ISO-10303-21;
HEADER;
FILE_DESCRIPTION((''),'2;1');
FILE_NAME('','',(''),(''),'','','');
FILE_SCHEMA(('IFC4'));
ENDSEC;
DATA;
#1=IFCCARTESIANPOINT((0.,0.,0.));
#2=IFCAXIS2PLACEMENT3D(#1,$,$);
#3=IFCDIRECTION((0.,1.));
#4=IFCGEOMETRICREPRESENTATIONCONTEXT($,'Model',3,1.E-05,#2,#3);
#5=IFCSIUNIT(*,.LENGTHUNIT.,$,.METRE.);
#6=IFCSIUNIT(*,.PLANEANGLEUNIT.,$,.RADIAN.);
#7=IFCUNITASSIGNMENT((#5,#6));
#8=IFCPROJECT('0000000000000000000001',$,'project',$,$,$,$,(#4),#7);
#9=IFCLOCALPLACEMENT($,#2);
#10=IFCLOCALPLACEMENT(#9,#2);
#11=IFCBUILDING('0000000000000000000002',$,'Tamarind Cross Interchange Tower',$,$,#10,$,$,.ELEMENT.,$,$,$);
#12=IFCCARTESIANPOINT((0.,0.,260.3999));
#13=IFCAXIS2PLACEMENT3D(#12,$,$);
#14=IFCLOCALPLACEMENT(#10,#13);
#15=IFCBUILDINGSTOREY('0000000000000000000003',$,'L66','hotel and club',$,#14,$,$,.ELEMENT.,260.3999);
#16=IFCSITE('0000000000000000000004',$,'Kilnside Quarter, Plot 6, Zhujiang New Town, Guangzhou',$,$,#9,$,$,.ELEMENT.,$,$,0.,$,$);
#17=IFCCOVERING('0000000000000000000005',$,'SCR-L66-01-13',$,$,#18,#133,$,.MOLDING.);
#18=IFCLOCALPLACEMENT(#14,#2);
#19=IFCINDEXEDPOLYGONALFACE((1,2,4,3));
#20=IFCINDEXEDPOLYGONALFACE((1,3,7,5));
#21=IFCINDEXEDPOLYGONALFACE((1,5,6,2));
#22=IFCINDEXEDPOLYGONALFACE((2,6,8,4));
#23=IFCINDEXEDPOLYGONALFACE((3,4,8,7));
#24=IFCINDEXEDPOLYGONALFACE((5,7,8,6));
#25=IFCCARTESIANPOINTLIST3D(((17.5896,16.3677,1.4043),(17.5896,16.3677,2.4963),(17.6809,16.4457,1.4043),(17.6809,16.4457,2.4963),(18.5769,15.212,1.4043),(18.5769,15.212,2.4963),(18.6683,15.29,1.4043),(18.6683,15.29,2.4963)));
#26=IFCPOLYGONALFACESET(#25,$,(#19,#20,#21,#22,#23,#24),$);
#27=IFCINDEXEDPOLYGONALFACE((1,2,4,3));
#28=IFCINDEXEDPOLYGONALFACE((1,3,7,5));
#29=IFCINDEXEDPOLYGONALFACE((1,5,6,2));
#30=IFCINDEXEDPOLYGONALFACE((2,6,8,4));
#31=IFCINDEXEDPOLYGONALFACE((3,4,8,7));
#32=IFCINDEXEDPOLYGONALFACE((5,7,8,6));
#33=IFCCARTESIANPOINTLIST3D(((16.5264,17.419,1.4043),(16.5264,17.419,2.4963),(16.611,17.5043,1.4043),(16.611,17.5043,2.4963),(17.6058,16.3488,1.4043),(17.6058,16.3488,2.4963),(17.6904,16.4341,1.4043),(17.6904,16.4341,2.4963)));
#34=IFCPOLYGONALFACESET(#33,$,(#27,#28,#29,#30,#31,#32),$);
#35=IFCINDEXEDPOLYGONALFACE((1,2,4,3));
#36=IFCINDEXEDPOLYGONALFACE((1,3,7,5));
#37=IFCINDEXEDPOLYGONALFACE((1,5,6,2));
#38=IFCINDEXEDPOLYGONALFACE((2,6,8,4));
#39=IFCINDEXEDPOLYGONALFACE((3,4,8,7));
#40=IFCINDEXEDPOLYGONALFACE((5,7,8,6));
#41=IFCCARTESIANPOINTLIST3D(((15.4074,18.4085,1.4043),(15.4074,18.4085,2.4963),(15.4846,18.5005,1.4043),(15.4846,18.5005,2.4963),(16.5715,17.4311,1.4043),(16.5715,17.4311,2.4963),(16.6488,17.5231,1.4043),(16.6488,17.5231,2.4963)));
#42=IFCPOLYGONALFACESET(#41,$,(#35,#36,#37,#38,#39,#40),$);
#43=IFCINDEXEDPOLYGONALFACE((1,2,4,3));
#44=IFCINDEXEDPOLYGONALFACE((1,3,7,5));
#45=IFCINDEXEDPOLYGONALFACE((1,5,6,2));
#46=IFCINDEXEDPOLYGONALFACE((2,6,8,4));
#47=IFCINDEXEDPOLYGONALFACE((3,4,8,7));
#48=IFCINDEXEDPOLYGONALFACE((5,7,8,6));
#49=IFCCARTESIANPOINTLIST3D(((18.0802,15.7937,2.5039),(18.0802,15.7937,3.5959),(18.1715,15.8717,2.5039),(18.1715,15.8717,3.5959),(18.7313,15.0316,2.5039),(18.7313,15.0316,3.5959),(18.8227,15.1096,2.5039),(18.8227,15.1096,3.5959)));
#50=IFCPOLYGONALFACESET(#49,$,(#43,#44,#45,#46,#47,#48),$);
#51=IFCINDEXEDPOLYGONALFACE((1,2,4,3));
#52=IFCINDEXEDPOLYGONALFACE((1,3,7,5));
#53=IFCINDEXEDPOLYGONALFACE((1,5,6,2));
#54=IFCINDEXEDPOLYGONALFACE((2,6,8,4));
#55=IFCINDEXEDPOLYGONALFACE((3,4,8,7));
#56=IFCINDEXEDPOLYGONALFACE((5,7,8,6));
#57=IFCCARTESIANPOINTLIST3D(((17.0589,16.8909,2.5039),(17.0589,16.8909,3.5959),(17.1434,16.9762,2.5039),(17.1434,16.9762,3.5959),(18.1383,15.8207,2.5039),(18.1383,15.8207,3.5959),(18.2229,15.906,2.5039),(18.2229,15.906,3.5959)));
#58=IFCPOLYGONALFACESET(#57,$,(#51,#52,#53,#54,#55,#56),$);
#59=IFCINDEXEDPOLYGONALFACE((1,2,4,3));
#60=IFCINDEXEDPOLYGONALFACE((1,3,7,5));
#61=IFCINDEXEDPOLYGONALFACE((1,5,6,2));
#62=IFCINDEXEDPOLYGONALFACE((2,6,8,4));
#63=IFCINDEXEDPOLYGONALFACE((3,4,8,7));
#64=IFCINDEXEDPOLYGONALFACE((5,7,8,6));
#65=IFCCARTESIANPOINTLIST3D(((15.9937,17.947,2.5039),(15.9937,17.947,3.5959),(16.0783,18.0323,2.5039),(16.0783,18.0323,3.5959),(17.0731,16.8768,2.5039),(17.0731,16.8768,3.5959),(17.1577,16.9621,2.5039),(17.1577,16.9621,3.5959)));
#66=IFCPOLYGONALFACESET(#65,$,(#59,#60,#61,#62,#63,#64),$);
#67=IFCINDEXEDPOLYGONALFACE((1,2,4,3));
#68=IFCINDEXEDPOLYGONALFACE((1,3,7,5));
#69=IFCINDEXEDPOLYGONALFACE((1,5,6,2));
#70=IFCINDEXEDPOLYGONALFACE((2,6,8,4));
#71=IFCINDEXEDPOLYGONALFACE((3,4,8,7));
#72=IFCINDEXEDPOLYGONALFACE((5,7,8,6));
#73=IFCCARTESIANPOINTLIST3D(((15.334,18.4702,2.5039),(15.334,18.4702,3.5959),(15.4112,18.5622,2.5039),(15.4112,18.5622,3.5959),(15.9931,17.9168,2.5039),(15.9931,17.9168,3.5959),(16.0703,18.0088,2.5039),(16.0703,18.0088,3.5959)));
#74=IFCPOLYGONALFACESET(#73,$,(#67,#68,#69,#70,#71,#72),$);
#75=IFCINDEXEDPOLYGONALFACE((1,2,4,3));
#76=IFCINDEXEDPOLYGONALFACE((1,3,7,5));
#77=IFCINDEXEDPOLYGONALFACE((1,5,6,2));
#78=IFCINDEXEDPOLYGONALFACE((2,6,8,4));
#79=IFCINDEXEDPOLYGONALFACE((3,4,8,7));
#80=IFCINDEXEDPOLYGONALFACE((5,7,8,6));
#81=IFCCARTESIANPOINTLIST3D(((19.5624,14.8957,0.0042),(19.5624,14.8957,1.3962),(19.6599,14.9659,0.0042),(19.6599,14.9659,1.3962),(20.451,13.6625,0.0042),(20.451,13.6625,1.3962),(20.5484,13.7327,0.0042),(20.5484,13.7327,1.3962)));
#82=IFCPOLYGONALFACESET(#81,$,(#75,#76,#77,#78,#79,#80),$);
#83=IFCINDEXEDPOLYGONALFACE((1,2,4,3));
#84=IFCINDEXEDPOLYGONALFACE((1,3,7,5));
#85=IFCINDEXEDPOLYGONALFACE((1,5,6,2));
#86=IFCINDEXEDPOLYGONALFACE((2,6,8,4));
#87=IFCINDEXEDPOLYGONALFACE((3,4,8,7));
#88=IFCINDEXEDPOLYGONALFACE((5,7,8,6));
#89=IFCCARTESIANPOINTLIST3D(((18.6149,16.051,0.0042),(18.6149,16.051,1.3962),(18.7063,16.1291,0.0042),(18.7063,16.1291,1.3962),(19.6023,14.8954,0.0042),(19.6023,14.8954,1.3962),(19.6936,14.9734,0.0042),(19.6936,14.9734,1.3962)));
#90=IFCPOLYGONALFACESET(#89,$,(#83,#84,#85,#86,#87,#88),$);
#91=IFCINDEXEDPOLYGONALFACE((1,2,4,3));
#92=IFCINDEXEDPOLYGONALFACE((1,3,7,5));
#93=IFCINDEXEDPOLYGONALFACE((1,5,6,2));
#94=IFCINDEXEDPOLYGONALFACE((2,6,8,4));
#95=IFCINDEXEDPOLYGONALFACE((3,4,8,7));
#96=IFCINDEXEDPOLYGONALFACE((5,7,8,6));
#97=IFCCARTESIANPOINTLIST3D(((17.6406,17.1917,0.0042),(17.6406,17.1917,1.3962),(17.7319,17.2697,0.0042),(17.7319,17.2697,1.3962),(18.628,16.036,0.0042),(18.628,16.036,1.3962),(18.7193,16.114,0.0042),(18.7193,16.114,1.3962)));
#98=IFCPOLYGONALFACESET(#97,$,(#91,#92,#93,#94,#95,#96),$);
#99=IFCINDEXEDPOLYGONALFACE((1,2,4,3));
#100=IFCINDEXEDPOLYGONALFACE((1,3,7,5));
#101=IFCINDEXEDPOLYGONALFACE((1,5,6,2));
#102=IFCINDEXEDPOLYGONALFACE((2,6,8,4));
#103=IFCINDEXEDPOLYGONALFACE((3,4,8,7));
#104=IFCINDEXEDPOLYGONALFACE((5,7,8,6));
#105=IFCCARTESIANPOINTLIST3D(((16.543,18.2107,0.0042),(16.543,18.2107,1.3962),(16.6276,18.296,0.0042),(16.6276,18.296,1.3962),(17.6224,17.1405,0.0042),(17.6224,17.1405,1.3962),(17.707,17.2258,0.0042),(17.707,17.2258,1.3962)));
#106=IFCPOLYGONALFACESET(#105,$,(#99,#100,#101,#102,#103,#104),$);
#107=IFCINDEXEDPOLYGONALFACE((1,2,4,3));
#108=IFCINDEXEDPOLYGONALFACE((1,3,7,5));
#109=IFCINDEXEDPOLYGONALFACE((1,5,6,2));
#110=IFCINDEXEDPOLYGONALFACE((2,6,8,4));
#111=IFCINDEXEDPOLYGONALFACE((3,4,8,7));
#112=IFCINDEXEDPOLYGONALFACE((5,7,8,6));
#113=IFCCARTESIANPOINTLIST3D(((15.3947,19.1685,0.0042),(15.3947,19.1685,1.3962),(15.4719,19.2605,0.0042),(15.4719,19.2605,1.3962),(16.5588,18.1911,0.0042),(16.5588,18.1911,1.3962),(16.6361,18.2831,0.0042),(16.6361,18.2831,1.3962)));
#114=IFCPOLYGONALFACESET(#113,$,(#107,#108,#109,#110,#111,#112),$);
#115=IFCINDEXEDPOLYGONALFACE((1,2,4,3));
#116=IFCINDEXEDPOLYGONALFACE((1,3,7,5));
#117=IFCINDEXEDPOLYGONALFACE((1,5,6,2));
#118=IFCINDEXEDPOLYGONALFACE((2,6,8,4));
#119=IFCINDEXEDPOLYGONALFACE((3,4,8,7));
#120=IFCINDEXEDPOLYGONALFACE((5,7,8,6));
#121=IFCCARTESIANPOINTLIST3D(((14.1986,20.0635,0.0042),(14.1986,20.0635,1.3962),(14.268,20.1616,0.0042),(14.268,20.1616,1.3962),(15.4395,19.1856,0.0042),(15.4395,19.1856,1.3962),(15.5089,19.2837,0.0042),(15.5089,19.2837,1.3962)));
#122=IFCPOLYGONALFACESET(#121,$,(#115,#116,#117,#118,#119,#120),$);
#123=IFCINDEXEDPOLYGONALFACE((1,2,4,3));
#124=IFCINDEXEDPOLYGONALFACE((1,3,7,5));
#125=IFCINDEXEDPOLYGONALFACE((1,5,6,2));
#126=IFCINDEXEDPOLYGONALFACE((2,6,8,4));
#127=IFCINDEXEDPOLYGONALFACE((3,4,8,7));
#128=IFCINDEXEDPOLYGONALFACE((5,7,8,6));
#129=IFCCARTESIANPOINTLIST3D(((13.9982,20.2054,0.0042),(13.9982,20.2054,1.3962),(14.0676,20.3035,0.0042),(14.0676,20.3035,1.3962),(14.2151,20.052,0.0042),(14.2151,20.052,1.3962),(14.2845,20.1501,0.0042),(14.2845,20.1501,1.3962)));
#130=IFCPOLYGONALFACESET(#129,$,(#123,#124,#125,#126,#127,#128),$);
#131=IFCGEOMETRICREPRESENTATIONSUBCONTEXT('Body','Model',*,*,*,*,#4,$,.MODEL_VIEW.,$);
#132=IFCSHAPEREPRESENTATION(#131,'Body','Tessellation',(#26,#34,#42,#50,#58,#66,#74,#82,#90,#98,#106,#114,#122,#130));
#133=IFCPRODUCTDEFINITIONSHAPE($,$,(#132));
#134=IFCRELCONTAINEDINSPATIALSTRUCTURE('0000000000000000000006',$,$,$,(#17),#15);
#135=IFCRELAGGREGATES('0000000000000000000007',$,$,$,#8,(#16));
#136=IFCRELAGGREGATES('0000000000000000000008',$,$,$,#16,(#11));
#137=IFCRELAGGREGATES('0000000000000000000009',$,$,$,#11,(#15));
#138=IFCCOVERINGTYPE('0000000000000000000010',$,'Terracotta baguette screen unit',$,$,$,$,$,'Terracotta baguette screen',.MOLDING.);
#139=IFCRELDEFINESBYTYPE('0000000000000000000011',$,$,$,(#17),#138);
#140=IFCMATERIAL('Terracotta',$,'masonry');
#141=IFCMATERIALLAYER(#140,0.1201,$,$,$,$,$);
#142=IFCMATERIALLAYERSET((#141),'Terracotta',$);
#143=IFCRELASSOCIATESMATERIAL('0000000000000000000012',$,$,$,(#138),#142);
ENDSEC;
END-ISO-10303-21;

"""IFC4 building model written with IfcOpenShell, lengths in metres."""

from ifc_helpers import new_model, si_unit, direction, frame, origin, origin_2d, place, context, subcontext, project, spatial, rectangle, extrude, material, layer, layer_set, type_object, element, save


model = new_model("IFC4")

# Units and contexts
model_context = context("Model", 3, precision=1e-05, world=origin(), true_north=direction((0.0, 1.0)))
body_context = subcontext(model_context, "Body", "Model", "MODEL_VIEW")
ifc_project = project(units=[si_unit("LENGTHUNIT", "METRE"), si_unit("PLANEANGLEUNIT", "RADIAN")], contexts=[model_context])

# Site, building, storey
site_placement = place(None, origin())
site = spatial("IfcSite", under=ifc_project, at=site_placement, Name="Kilnside Quarter, Plot 6, Zhujiang New Town, Guangzhou", CompositionType="ELEMENT", RefElevation=0.0)
building_placement = place(site_placement, origin())
building = spatial("IfcBuilding", under=site, at=building_placement, Name="Tamarind Cross Interchange Tower", CompositionType="ELEMENT")
storey_placement = place(building_placement, frame((0.0, 0.0, 260.3999)))
storey = spatial("IfcBuildingStorey", under=building, at=storey_placement, Name="L66", Description="hotel and club", CompositionType="ELEMENT", Elevation=260.3999)

# Covering
ifc_material_1 = material(Name="Terracotta", Category="masonry")
ifc_layer_1 = layer(ifc_material_1, 0.1201)
ifc_layer_set_1 = layer_set([ifc_layer_1], Name="Terracotta")
covering_type = type_object("IfcCoveringType", Name="Terracotta baguette screen unit", ElementType="Terracotta baguette screen", PredefinedType="MOLDING", material=ifc_layer_set_1)
covering_1_placement = place(storey_placement, origin())
element("IfcCovering", 1, at=covering_1_placement, inside=storey, type_object=covering_type, Name="SCR-L66-01-13", PredefinedType="MOLDING", context=body_context, shape_type="SweptSolid", body=[
    extrude(rectangle(XDim=1.52, YDim=0.1201, at=origin_2d()), frame((18.1289, 15.8289, 1.4043), z_axis=(0.0, 0.0, 1.0), x_axis=(-0.649577, 0.760296, 0.0)), (0.0, 0.0, 1.0), 1.092),
    extrude(rectangle(XDim=1.52, YDim=0.1201, at=origin_2d()), frame((17.1084, 16.9265, 1.4043), z_axis=(0.0, 0.0, 1.0), x_axis=(-0.710143, 0.704057, 0.0)), (0.0, 0.0, 1.0), 1.092),
    extrude(rectangle(XDim=1.52, YDim=0.1201, at=origin_2d()), frame((16.0281, 17.9658, 1.4043), z_axis=(0.0, 0.0, 1.0), x_axis=(-0.765858, 0.643009, 0.0)), (0.0, 0.0, 1.0), 1.092),
    extrude(rectangle(XDim=1.0024, YDim=0.1201, at=origin_2d()), frame((18.4514, 15.4517, 2.5039), z_axis=(0.0, 0.0, 1.0), x_axis=(-0.649577, 0.760296, 0.0)), (0.0, 0.0, 1.0), 1.092),
    extrude(rectangle(XDim=1.52, YDim=0.1201, at=origin_2d()), frame((17.6409, 16.3984, 2.5039), z_axis=(0.0, 0.0, 1.0), x_axis=(-0.710143, 0.704057, 0.0)), (0.0, 0.0, 1.0), 1.092),
    extrude(rectangle(XDim=1.52, YDim=0.1201, at=origin_2d()), frame((16.5757, 17.4546, 2.5039), z_axis=(0.0, 0.0, 1.0), x_axis=(-0.710143, 0.704057, 0.0)), (0.0, 0.0, 1.0), 1.092),
    extrude(rectangle(XDim=0.8606, YDim=0.1201, at=origin_2d()), frame((15.7021, 18.2395, 2.5039), z_axis=(0.0, 0.0, 1.0), x_axis=(-0.765858, 0.643009, 0.0)), (0.0, 0.0, 1.0), 1.092),
    extrude(rectangle(XDim=1.52, YDim=0.1201, at=origin_2d()), frame((20.0554, 14.3142, 0.0042), z_axis=(0.0, 0.0, 1.0), x_axis=(-0.584574, 0.81134, 0.0)), (0.0, 0.0, 1.0), 1.3921),
    extrude(rectangle(XDim=1.52, YDim=0.1201, at=origin_2d()), frame((19.1543, 15.5122, 0.0042), z_axis=(0.0, 0.0, 1.0), x_axis=(-0.649577, 0.760296, 0.0)), (0.0, 0.0, 1.0), 1.3921),
    extrude(rectangle(XDim=1.52, YDim=0.1201, at=origin_2d()), frame((18.1799, 16.6528, 0.0042), z_axis=(0.0, 0.0, 1.0), x_axis=(-0.649577, 0.760296, 0.0)), (0.0, 0.0, 1.0), 1.3921),
    extrude(rectangle(XDim=1.52, YDim=0.1201, at=origin_2d()), frame((17.125, 17.7183, 0.0042), z_axis=(0.0, 0.0, 1.0), x_axis=(-0.710143, 0.704057, 0.0)), (0.0, 0.0, 1.0), 1.3921),
    extrude(rectangle(XDim=1.52, YDim=0.1201, at=origin_2d()), frame((16.0154, 18.7258, 0.0042), z_axis=(0.0, 0.0, 1.0), x_axis=(-0.765858, 0.643009, 0.0)), (0.0, 0.0, 1.0), 1.3921),
    extrude(rectangle(XDim=1.52, YDim=0.1201, at=origin_2d()), frame((14.8538, 19.6736, 0.0042), z_axis=(0.0, 0.0, 1.0), x_axis=(-0.816342, 0.577569, 0.0)), (0.0, 0.0, 1.0), 1.3921),
    extrude(rectangle(XDim=0.2656, YDim=0.1201, at=origin_2d()), frame((14.1414, 20.1777, 0.0042), z_axis=(0.0, 0.0, 1.0), x_axis=(-0.816342, 0.577569, 0.0)), (0.0, 0.0, 1.0), 1.3921),
])

save(model, "model.ifc")
